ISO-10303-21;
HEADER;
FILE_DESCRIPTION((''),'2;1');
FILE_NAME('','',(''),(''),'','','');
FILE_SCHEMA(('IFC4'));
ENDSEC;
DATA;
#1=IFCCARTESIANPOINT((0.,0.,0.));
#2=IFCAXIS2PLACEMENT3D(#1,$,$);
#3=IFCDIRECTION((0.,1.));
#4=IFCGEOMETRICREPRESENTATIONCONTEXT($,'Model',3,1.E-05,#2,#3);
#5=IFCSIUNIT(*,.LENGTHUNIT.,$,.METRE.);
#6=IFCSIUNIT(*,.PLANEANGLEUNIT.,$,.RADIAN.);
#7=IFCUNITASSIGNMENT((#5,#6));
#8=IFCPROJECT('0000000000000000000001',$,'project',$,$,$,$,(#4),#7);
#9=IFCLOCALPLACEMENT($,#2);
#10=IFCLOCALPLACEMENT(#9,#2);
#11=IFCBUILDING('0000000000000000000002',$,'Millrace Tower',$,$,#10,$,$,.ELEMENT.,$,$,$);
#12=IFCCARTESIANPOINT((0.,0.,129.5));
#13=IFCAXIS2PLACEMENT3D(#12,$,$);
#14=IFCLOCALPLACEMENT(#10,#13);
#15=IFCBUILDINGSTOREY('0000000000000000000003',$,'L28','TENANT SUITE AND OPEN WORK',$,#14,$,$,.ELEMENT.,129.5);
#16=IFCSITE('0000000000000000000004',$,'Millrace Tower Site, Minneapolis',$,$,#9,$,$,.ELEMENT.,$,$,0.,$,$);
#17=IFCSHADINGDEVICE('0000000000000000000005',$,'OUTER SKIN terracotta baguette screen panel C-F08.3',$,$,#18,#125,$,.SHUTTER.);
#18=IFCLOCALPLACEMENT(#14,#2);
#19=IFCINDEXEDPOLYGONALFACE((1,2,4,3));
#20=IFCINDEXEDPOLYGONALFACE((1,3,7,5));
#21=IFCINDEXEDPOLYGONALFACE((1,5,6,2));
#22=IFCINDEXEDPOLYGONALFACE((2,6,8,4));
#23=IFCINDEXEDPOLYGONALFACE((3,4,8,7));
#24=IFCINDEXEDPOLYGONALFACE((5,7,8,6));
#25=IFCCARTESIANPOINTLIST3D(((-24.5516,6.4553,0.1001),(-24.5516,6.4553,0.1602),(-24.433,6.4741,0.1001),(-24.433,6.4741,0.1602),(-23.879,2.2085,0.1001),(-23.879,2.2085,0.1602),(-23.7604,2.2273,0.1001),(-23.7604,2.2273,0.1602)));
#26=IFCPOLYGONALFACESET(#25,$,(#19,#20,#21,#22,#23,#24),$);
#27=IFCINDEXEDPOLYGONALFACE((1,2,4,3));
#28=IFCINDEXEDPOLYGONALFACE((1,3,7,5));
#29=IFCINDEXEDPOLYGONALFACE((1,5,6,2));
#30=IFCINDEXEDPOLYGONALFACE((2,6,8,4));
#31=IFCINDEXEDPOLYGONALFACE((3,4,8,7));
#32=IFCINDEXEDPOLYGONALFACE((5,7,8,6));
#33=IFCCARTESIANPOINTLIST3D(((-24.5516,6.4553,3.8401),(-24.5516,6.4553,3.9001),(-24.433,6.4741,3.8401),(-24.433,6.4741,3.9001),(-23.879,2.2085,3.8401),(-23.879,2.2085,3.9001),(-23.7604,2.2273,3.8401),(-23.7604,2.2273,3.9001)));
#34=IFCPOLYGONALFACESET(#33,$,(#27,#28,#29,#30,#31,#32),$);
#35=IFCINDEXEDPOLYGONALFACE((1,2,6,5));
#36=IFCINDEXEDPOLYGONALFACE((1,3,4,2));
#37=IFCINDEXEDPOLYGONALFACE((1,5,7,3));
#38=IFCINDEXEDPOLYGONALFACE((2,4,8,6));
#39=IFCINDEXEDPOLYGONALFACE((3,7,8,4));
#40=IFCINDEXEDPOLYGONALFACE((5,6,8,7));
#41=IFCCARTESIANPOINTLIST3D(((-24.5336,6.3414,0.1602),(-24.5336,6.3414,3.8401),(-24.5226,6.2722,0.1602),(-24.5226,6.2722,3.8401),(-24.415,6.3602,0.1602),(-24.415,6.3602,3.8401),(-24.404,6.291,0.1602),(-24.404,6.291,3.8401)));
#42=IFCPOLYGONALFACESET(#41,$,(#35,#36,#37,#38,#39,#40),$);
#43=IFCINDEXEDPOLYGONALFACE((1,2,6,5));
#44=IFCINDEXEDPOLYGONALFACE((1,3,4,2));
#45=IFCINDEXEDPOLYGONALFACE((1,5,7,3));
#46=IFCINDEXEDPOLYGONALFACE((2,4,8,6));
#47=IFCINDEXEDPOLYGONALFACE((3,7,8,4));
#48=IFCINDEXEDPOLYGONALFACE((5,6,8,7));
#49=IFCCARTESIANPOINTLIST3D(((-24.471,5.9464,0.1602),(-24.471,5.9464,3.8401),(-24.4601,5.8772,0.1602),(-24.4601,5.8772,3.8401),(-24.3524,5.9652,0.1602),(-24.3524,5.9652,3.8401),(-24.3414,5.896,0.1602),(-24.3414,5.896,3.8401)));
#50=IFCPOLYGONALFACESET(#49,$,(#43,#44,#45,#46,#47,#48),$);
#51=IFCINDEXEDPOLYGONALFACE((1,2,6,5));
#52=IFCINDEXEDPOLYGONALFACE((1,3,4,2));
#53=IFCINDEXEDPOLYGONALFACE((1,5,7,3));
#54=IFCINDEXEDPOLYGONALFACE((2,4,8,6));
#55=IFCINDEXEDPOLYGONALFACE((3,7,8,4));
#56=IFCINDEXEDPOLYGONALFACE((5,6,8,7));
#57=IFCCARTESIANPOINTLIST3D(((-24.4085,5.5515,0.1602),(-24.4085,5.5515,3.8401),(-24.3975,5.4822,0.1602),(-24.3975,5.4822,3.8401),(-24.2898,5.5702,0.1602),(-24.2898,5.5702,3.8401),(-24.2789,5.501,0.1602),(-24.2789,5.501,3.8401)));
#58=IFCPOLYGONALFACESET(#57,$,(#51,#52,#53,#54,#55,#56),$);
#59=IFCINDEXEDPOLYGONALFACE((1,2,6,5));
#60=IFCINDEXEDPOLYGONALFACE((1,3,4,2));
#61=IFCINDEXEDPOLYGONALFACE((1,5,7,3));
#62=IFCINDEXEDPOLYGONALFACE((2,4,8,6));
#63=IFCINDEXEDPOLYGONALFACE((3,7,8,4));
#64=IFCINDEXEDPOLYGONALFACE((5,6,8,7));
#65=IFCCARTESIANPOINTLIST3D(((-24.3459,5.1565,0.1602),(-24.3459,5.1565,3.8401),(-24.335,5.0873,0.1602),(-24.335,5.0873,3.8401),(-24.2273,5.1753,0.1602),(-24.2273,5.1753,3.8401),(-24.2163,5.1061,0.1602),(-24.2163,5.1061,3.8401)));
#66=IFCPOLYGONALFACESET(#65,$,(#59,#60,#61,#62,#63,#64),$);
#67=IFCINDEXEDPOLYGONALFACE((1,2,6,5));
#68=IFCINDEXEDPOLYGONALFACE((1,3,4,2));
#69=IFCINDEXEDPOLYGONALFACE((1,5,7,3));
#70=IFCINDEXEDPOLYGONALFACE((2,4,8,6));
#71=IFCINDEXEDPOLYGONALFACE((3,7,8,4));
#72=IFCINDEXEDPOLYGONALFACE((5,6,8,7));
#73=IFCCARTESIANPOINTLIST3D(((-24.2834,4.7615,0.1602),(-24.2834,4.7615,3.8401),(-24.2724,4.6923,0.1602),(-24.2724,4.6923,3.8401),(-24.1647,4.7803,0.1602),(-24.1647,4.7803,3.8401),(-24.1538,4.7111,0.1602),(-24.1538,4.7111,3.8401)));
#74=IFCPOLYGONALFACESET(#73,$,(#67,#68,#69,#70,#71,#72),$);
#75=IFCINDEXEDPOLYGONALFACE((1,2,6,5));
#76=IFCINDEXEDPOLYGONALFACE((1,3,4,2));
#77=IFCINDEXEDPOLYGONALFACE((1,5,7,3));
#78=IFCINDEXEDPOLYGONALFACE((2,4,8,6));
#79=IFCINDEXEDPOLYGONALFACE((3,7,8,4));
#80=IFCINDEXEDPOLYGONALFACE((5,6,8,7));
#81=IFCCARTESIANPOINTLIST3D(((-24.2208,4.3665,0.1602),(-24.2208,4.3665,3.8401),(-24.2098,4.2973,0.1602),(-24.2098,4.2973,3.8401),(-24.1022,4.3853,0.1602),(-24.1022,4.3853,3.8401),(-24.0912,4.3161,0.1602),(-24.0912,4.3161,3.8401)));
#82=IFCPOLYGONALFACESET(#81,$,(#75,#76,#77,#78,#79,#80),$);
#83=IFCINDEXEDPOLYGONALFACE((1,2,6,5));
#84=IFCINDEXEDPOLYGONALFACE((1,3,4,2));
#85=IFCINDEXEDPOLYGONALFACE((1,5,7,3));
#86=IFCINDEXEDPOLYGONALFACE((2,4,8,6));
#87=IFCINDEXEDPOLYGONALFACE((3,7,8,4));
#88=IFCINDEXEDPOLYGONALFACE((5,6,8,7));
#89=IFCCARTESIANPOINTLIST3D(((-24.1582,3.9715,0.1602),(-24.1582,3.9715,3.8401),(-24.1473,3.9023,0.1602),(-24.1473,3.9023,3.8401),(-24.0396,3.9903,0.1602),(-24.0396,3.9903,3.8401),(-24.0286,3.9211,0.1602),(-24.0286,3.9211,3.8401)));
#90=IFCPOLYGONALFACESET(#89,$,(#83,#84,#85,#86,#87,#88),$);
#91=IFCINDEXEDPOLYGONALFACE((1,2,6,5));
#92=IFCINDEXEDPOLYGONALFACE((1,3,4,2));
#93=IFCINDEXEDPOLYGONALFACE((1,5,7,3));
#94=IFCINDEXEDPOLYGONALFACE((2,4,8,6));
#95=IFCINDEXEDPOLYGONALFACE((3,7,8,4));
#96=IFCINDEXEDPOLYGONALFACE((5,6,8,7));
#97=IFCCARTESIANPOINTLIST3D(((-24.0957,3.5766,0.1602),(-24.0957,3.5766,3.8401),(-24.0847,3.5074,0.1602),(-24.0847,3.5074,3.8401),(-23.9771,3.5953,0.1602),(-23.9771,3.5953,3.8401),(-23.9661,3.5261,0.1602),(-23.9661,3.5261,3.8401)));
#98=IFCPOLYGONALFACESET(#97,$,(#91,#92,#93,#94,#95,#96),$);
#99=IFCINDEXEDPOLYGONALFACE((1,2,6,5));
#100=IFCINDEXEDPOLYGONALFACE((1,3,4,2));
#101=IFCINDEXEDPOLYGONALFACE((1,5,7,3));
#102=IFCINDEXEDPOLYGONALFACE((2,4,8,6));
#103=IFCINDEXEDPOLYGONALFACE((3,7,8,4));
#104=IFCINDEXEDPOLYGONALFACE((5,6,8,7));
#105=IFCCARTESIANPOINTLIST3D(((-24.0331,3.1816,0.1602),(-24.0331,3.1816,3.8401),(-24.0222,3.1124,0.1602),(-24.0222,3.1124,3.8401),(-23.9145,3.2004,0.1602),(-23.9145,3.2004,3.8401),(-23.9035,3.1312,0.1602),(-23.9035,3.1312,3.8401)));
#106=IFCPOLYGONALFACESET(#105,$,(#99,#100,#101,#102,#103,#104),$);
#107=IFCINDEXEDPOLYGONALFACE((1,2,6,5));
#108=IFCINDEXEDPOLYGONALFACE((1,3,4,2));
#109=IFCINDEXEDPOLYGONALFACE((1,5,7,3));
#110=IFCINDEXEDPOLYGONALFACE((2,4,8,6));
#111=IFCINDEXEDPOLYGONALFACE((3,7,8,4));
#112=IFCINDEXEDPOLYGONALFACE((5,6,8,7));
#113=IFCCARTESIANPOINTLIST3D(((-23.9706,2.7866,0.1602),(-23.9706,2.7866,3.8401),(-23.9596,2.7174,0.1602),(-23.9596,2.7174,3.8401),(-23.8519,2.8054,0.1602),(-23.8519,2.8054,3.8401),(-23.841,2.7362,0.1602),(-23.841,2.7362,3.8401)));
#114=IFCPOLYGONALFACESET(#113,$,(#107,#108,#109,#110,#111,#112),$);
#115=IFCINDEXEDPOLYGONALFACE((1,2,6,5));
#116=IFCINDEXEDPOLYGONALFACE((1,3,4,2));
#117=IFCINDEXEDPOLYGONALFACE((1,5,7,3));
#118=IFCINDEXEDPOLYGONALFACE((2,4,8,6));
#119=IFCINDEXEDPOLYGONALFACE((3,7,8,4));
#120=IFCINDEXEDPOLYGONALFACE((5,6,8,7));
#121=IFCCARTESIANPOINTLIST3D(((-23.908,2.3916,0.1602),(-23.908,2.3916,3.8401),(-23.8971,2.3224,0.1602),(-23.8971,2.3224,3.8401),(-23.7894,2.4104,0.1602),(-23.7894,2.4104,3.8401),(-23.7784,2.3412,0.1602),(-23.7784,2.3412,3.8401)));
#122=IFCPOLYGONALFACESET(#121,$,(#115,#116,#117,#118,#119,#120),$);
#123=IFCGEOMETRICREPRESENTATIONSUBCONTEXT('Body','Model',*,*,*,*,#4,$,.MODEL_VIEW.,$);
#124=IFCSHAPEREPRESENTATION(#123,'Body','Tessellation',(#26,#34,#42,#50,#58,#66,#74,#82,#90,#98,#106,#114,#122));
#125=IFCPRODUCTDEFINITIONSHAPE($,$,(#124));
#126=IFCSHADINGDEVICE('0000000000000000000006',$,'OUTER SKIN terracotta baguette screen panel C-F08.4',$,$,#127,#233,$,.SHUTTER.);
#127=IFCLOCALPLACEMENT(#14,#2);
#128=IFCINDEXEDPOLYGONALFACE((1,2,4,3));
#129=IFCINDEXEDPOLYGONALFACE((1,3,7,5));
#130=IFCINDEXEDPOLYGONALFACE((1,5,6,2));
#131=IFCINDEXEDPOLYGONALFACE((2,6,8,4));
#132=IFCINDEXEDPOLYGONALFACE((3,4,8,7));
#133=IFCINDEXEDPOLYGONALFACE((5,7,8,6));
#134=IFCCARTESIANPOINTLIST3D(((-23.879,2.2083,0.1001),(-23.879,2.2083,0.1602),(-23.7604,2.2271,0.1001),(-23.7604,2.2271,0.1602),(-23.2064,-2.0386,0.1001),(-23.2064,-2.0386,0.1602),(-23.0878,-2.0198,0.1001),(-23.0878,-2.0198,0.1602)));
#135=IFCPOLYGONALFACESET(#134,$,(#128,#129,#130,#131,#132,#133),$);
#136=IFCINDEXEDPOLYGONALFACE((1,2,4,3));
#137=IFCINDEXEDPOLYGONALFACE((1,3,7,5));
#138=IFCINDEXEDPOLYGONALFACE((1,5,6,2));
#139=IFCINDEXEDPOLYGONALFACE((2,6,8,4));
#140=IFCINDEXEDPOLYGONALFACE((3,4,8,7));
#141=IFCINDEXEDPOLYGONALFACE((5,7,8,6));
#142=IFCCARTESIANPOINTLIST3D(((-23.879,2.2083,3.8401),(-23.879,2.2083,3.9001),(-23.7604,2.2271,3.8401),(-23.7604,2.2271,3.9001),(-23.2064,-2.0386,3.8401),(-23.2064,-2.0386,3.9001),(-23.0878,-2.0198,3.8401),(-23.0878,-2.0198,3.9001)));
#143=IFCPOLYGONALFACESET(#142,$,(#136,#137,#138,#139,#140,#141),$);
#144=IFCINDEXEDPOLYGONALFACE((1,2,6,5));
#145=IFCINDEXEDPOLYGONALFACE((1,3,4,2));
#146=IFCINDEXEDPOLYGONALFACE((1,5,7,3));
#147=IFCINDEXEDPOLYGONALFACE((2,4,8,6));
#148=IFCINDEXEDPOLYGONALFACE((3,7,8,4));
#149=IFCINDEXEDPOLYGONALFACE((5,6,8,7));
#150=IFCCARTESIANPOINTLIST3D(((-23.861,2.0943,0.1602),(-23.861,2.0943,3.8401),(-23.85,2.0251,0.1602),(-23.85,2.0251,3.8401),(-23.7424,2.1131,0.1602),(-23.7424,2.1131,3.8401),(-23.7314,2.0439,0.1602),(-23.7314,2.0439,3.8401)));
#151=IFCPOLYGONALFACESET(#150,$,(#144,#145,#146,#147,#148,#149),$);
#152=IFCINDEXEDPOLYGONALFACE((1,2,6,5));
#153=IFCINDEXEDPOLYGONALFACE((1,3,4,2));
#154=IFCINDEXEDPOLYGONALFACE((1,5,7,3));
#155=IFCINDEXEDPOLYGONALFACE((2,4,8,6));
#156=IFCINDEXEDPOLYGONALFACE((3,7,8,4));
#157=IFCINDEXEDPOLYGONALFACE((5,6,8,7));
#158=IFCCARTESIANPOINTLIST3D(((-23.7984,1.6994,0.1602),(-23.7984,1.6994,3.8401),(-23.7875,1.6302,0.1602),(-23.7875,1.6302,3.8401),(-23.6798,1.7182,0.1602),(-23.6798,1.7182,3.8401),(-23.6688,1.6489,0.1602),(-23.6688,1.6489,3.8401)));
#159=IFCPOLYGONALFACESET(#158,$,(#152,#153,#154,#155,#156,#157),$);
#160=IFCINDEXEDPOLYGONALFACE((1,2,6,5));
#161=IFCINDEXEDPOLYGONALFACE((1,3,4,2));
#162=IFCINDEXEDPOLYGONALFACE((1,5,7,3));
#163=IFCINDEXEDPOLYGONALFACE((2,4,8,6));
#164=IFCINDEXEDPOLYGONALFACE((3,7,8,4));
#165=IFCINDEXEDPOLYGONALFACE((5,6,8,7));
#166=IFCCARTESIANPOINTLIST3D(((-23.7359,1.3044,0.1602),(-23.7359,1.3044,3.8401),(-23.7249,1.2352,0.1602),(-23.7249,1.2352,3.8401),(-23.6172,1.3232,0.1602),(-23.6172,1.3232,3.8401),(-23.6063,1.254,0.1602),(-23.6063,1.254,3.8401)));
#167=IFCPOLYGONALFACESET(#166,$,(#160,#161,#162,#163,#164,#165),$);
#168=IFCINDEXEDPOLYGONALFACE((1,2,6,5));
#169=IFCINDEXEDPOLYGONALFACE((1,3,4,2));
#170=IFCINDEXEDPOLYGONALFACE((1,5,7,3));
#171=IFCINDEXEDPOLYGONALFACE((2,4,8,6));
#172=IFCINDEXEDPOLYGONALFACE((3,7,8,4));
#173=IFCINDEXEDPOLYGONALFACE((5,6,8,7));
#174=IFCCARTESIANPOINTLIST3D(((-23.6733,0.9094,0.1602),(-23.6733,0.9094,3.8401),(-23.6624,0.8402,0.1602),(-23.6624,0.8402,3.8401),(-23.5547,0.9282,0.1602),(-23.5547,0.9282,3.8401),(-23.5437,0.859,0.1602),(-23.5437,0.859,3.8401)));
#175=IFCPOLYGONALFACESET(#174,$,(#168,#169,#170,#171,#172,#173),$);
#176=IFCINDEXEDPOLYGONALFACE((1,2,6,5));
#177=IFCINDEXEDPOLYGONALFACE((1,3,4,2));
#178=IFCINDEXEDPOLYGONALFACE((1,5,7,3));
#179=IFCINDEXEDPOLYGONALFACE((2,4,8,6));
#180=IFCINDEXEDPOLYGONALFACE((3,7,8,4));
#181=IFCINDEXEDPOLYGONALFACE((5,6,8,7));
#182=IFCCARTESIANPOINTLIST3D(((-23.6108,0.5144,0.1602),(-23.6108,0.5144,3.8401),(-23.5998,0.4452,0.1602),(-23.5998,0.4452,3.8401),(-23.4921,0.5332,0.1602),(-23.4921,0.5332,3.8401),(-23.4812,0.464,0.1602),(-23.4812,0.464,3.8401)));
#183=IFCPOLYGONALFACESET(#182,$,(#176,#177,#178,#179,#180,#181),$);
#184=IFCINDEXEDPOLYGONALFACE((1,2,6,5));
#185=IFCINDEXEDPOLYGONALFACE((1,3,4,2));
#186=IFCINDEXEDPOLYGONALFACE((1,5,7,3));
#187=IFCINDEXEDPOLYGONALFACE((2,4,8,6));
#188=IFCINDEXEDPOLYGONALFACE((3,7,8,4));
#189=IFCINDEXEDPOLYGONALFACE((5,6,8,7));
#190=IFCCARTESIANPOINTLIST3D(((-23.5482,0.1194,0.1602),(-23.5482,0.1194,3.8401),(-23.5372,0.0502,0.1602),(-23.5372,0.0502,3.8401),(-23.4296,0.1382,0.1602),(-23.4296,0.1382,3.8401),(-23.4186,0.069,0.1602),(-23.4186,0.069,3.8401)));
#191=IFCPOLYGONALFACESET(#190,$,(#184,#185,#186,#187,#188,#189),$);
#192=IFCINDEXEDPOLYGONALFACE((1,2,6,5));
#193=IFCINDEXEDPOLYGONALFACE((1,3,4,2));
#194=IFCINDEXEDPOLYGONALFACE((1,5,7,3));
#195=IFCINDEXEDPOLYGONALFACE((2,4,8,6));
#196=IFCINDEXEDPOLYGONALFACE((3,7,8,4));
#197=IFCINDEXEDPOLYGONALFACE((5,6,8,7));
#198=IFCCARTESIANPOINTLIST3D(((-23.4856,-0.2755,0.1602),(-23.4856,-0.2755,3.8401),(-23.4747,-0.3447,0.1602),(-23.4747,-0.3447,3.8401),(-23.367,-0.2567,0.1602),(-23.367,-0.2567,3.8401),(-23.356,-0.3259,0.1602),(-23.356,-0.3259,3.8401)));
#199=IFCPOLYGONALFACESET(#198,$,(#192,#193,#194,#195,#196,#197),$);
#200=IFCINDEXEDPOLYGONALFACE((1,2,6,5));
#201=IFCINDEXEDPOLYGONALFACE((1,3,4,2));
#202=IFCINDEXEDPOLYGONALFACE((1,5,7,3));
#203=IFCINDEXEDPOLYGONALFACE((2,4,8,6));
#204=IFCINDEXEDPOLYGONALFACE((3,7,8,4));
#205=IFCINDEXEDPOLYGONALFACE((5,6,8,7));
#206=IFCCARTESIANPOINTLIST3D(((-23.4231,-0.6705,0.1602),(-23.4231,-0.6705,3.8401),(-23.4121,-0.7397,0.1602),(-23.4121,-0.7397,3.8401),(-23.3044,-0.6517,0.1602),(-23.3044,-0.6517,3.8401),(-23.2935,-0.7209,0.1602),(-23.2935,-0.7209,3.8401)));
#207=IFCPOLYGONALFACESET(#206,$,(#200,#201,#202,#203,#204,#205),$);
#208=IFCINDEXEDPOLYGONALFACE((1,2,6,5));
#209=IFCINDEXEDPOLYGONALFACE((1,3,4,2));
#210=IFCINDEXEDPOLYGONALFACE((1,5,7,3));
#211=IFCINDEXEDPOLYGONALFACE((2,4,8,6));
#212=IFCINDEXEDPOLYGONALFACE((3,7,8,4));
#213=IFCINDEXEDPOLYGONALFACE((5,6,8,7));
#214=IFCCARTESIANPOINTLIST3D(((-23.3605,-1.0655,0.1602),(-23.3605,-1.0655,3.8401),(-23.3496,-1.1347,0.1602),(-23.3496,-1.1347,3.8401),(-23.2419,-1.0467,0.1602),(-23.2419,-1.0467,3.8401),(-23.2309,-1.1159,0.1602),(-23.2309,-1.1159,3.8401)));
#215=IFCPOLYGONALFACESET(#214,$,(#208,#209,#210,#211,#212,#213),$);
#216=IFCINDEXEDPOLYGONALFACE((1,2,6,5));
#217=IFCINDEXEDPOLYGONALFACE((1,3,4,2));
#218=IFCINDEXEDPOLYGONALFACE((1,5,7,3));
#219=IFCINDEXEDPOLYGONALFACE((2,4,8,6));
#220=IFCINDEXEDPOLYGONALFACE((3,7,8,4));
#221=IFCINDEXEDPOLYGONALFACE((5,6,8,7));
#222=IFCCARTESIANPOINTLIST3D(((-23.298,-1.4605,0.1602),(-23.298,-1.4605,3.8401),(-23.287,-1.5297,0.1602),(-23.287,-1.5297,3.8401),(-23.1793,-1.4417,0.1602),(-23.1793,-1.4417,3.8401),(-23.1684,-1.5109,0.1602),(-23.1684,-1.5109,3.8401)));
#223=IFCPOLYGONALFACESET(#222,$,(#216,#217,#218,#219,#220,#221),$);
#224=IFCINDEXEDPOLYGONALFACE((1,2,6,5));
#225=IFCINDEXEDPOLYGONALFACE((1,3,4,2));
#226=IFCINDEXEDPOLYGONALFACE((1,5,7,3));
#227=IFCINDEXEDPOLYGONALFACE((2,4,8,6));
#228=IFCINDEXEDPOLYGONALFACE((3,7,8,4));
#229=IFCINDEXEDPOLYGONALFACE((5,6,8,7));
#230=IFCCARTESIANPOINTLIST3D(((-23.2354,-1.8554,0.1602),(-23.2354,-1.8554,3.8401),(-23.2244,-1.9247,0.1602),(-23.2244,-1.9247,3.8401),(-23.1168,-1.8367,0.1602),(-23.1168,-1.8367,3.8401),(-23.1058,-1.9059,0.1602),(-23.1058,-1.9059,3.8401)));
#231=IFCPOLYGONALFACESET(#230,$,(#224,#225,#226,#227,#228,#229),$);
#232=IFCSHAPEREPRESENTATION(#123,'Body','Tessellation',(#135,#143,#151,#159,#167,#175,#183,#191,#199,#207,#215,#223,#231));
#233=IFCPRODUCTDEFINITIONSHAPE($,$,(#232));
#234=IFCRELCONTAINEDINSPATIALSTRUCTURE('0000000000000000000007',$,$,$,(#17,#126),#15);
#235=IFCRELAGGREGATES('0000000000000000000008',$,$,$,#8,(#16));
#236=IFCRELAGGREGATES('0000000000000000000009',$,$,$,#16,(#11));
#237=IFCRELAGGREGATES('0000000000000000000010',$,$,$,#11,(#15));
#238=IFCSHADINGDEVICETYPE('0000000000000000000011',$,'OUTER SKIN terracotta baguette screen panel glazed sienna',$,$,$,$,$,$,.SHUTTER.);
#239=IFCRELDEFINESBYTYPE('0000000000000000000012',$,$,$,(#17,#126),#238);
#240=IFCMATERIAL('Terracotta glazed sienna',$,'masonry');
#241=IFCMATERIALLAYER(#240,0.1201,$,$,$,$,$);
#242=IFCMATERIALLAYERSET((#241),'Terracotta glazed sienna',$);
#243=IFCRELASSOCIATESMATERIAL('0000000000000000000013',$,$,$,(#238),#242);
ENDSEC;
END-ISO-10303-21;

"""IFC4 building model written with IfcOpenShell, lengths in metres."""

from ifc_helpers import new_model, entity, si_unit, direction, frame, frame_2d, origin, origin_2d, place, context, subcontext, project, spatial, rectangle, extrude, source, transform, mapped, material, layer, layer_set, type_object, element, save


model = new_model("IFC4")

# Units and contexts
model_context = context("Model", 3, precision=1e-05, world=origin(), true_north=direction((0.0, 1.0)))
body_context = subcontext(model_context, "Body", "Model", "MODEL_VIEW")
ifc_project = project(units=[si_unit("LENGTHUNIT", "METRE"), si_unit("PLANEANGLEUNIT", "RADIAN")], contexts=[model_context])

# Site, building, storey
site_placement = place(None, origin())
site = spatial("IfcSite", under=ifc_project, at=site_placement, Name="Millrace Tower Site, Minneapolis", CompositionType="ELEMENT", RefElevation=0.0)
building_placement = place(site_placement, origin())
building = spatial("IfcBuilding", under=site, at=building_placement, Name="Millrace Tower", CompositionType="ELEMENT")
storey_placement = place(building_placement, frame((0.0, 0.0, 129.5)))
storey = spatial("IfcBuildingStorey", under=building, at=storey_placement, Name="L28", Description="TENANT SUITE AND OPEN WORK", CompositionType="ELEMENT", Elevation=129.5)

# Shading devices
ifc_material_1 = material(Name="Terracotta glazed sienna", Category="masonry")
ifc_layer_1 = layer(ifc_material_1, 0.1201)
ifc_layer_set_1 = layer_set([ifc_layer_1], Name="Terracotta glazed sienna")
shading_device_type = type_object("IfcShadingDeviceType", Name="OUTER SKIN terracotta baguette screen panel glazed sienna", PredefinedType="SHUTTER", material=ifc_layer_set_1)
cartesian_point = entity("IfcCartesianPoint", [-2.1499, 0.0601])
shared_polyline = entity("IfcPolyline", [cartesian_point, entity("IfcCartesianPoint", [2.1499, 0.0601]), entity("IfcCartesianPoint", [2.1499, -0.0601]), entity("IfcCartesianPoint", [-2.1499, -0.0601]), cartesian_point])
shared_shape = source(origin(), body_context, "Body", "SweptSolid", [
    entity("IfcExtrudedAreaSolid", entity("IfcArbitraryClosedProfileDef", "AREA", None, shared_polyline), entity("IfcAxis2Placement3D", entity("IfcCartesianPoint", [0.0, 0.0, 0.0])), entity("IfcDirection", [0.0, 0.0, 1.0]), 0.0601),
    entity("IfcExtrudedAreaSolid", entity("IfcArbitraryClosedProfileDef", "AREA", None, shared_polyline), entity("IfcAxis2Placement3D", entity("IfcCartesianPoint", [0.0, 0.0, 3.74])), entity("IfcDirection", [0.0, 0.0, 1.0]), 0.0601),
    extrude(rectangle(XDim=0.0701, YDim=0.1201, at=frame_2d((-1.9995, 0.0))), frame((0.0, 0.0, 0.0601)), (0.0, 0.0, 1.0), 3.6799),
    extrude(rectangle(XDim=0.0701, YDim=0.1201, at=frame_2d((-1.5996, 0.0))), frame((0.0, 0.0, 0.0601)), (0.0, 0.0, 1.0), 3.6799),
    extrude(rectangle(XDim=0.0701, YDim=0.1201, at=frame_2d((-1.1997, 0.0))), frame((0.0, 0.0, 0.0601)), (0.0, 0.0, 1.0), 3.6799),
    extrude(rectangle(XDim=0.0701, YDim=0.1201, at=frame_2d((-0.7998, 0.0))), frame((0.0, 0.0, 0.0601)), (0.0, 0.0, 1.0), 3.6799),
    extrude(rectangle(XDim=0.0701, YDim=0.1201, at=frame_2d((-0.3999, 0.0))), frame((0.0, 0.0, 0.0601)), (0.0, 0.0, 1.0), 3.6799),
    extrude(rectangle(XDim=0.0701, YDim=0.1201, at=origin_2d()), frame((0.0, 0.0, 0.0601)), (0.0, 0.0, 1.0), 3.6799),
    extrude(rectangle(XDim=0.0701, YDim=0.1201, at=frame_2d((0.3999, 0.0))), frame((0.0, 0.0, 0.0601)), (0.0, 0.0, 1.0), 3.6799),
    extrude(rectangle(XDim=0.0701, YDim=0.1201, at=frame_2d((0.7998, 0.0))), frame((0.0, 0.0, 0.0601)), (0.0, 0.0, 1.0), 3.6799),
    extrude(rectangle(XDim=0.0701, YDim=0.1201, at=frame_2d((1.1997, 0.0))), frame((0.0, 0.0, 0.0601)), (0.0, 0.0, 1.0), 3.6799),
    extrude(rectangle(XDim=0.0701, YDim=0.1201, at=frame_2d((1.5996, 0.0))), frame((0.0, 0.0, 0.0601)), (0.0, 0.0, 1.0), 3.6799),
    extrude(rectangle(XDim=0.0701, YDim=0.1201, at=frame_2d((1.9995, 0.0))), frame((0.0, 0.0, 0.0601)), (0.0, 0.0, 1.0), 3.6799),
])
for number, where, z_axis, x_axis, name in (
    (1, (-24.156, 4.3413, 0.1001), (0.0, 0.0, 1.0), (0.156434, -0.987688, 0.0), "OUTER SKIN terracotta baguette screen panel C-F08.3"),
    (2, (-23.4834, 0.0942, 0.1001), (0.0, 0.0, 1.0), (0.156434, -0.987688, 0.0), "OUTER SKIN terracotta baguette screen panel C-F08.4"),
):
    element("IfcShadingDevice", number, at=place(storey_placement, frame(where, z_axis=z_axis, x_axis=x_axis)), inside=storey, type_object=shading_device_type, Name=name, PredefinedType="SHUTTER", context=body_context, shape_type="MappedRepresentation", body=[
        mapped(shared_shape, transform((0.0, 0.0, 0.0), scale=1.0)),
    ])

save(model, "model.ifc")
